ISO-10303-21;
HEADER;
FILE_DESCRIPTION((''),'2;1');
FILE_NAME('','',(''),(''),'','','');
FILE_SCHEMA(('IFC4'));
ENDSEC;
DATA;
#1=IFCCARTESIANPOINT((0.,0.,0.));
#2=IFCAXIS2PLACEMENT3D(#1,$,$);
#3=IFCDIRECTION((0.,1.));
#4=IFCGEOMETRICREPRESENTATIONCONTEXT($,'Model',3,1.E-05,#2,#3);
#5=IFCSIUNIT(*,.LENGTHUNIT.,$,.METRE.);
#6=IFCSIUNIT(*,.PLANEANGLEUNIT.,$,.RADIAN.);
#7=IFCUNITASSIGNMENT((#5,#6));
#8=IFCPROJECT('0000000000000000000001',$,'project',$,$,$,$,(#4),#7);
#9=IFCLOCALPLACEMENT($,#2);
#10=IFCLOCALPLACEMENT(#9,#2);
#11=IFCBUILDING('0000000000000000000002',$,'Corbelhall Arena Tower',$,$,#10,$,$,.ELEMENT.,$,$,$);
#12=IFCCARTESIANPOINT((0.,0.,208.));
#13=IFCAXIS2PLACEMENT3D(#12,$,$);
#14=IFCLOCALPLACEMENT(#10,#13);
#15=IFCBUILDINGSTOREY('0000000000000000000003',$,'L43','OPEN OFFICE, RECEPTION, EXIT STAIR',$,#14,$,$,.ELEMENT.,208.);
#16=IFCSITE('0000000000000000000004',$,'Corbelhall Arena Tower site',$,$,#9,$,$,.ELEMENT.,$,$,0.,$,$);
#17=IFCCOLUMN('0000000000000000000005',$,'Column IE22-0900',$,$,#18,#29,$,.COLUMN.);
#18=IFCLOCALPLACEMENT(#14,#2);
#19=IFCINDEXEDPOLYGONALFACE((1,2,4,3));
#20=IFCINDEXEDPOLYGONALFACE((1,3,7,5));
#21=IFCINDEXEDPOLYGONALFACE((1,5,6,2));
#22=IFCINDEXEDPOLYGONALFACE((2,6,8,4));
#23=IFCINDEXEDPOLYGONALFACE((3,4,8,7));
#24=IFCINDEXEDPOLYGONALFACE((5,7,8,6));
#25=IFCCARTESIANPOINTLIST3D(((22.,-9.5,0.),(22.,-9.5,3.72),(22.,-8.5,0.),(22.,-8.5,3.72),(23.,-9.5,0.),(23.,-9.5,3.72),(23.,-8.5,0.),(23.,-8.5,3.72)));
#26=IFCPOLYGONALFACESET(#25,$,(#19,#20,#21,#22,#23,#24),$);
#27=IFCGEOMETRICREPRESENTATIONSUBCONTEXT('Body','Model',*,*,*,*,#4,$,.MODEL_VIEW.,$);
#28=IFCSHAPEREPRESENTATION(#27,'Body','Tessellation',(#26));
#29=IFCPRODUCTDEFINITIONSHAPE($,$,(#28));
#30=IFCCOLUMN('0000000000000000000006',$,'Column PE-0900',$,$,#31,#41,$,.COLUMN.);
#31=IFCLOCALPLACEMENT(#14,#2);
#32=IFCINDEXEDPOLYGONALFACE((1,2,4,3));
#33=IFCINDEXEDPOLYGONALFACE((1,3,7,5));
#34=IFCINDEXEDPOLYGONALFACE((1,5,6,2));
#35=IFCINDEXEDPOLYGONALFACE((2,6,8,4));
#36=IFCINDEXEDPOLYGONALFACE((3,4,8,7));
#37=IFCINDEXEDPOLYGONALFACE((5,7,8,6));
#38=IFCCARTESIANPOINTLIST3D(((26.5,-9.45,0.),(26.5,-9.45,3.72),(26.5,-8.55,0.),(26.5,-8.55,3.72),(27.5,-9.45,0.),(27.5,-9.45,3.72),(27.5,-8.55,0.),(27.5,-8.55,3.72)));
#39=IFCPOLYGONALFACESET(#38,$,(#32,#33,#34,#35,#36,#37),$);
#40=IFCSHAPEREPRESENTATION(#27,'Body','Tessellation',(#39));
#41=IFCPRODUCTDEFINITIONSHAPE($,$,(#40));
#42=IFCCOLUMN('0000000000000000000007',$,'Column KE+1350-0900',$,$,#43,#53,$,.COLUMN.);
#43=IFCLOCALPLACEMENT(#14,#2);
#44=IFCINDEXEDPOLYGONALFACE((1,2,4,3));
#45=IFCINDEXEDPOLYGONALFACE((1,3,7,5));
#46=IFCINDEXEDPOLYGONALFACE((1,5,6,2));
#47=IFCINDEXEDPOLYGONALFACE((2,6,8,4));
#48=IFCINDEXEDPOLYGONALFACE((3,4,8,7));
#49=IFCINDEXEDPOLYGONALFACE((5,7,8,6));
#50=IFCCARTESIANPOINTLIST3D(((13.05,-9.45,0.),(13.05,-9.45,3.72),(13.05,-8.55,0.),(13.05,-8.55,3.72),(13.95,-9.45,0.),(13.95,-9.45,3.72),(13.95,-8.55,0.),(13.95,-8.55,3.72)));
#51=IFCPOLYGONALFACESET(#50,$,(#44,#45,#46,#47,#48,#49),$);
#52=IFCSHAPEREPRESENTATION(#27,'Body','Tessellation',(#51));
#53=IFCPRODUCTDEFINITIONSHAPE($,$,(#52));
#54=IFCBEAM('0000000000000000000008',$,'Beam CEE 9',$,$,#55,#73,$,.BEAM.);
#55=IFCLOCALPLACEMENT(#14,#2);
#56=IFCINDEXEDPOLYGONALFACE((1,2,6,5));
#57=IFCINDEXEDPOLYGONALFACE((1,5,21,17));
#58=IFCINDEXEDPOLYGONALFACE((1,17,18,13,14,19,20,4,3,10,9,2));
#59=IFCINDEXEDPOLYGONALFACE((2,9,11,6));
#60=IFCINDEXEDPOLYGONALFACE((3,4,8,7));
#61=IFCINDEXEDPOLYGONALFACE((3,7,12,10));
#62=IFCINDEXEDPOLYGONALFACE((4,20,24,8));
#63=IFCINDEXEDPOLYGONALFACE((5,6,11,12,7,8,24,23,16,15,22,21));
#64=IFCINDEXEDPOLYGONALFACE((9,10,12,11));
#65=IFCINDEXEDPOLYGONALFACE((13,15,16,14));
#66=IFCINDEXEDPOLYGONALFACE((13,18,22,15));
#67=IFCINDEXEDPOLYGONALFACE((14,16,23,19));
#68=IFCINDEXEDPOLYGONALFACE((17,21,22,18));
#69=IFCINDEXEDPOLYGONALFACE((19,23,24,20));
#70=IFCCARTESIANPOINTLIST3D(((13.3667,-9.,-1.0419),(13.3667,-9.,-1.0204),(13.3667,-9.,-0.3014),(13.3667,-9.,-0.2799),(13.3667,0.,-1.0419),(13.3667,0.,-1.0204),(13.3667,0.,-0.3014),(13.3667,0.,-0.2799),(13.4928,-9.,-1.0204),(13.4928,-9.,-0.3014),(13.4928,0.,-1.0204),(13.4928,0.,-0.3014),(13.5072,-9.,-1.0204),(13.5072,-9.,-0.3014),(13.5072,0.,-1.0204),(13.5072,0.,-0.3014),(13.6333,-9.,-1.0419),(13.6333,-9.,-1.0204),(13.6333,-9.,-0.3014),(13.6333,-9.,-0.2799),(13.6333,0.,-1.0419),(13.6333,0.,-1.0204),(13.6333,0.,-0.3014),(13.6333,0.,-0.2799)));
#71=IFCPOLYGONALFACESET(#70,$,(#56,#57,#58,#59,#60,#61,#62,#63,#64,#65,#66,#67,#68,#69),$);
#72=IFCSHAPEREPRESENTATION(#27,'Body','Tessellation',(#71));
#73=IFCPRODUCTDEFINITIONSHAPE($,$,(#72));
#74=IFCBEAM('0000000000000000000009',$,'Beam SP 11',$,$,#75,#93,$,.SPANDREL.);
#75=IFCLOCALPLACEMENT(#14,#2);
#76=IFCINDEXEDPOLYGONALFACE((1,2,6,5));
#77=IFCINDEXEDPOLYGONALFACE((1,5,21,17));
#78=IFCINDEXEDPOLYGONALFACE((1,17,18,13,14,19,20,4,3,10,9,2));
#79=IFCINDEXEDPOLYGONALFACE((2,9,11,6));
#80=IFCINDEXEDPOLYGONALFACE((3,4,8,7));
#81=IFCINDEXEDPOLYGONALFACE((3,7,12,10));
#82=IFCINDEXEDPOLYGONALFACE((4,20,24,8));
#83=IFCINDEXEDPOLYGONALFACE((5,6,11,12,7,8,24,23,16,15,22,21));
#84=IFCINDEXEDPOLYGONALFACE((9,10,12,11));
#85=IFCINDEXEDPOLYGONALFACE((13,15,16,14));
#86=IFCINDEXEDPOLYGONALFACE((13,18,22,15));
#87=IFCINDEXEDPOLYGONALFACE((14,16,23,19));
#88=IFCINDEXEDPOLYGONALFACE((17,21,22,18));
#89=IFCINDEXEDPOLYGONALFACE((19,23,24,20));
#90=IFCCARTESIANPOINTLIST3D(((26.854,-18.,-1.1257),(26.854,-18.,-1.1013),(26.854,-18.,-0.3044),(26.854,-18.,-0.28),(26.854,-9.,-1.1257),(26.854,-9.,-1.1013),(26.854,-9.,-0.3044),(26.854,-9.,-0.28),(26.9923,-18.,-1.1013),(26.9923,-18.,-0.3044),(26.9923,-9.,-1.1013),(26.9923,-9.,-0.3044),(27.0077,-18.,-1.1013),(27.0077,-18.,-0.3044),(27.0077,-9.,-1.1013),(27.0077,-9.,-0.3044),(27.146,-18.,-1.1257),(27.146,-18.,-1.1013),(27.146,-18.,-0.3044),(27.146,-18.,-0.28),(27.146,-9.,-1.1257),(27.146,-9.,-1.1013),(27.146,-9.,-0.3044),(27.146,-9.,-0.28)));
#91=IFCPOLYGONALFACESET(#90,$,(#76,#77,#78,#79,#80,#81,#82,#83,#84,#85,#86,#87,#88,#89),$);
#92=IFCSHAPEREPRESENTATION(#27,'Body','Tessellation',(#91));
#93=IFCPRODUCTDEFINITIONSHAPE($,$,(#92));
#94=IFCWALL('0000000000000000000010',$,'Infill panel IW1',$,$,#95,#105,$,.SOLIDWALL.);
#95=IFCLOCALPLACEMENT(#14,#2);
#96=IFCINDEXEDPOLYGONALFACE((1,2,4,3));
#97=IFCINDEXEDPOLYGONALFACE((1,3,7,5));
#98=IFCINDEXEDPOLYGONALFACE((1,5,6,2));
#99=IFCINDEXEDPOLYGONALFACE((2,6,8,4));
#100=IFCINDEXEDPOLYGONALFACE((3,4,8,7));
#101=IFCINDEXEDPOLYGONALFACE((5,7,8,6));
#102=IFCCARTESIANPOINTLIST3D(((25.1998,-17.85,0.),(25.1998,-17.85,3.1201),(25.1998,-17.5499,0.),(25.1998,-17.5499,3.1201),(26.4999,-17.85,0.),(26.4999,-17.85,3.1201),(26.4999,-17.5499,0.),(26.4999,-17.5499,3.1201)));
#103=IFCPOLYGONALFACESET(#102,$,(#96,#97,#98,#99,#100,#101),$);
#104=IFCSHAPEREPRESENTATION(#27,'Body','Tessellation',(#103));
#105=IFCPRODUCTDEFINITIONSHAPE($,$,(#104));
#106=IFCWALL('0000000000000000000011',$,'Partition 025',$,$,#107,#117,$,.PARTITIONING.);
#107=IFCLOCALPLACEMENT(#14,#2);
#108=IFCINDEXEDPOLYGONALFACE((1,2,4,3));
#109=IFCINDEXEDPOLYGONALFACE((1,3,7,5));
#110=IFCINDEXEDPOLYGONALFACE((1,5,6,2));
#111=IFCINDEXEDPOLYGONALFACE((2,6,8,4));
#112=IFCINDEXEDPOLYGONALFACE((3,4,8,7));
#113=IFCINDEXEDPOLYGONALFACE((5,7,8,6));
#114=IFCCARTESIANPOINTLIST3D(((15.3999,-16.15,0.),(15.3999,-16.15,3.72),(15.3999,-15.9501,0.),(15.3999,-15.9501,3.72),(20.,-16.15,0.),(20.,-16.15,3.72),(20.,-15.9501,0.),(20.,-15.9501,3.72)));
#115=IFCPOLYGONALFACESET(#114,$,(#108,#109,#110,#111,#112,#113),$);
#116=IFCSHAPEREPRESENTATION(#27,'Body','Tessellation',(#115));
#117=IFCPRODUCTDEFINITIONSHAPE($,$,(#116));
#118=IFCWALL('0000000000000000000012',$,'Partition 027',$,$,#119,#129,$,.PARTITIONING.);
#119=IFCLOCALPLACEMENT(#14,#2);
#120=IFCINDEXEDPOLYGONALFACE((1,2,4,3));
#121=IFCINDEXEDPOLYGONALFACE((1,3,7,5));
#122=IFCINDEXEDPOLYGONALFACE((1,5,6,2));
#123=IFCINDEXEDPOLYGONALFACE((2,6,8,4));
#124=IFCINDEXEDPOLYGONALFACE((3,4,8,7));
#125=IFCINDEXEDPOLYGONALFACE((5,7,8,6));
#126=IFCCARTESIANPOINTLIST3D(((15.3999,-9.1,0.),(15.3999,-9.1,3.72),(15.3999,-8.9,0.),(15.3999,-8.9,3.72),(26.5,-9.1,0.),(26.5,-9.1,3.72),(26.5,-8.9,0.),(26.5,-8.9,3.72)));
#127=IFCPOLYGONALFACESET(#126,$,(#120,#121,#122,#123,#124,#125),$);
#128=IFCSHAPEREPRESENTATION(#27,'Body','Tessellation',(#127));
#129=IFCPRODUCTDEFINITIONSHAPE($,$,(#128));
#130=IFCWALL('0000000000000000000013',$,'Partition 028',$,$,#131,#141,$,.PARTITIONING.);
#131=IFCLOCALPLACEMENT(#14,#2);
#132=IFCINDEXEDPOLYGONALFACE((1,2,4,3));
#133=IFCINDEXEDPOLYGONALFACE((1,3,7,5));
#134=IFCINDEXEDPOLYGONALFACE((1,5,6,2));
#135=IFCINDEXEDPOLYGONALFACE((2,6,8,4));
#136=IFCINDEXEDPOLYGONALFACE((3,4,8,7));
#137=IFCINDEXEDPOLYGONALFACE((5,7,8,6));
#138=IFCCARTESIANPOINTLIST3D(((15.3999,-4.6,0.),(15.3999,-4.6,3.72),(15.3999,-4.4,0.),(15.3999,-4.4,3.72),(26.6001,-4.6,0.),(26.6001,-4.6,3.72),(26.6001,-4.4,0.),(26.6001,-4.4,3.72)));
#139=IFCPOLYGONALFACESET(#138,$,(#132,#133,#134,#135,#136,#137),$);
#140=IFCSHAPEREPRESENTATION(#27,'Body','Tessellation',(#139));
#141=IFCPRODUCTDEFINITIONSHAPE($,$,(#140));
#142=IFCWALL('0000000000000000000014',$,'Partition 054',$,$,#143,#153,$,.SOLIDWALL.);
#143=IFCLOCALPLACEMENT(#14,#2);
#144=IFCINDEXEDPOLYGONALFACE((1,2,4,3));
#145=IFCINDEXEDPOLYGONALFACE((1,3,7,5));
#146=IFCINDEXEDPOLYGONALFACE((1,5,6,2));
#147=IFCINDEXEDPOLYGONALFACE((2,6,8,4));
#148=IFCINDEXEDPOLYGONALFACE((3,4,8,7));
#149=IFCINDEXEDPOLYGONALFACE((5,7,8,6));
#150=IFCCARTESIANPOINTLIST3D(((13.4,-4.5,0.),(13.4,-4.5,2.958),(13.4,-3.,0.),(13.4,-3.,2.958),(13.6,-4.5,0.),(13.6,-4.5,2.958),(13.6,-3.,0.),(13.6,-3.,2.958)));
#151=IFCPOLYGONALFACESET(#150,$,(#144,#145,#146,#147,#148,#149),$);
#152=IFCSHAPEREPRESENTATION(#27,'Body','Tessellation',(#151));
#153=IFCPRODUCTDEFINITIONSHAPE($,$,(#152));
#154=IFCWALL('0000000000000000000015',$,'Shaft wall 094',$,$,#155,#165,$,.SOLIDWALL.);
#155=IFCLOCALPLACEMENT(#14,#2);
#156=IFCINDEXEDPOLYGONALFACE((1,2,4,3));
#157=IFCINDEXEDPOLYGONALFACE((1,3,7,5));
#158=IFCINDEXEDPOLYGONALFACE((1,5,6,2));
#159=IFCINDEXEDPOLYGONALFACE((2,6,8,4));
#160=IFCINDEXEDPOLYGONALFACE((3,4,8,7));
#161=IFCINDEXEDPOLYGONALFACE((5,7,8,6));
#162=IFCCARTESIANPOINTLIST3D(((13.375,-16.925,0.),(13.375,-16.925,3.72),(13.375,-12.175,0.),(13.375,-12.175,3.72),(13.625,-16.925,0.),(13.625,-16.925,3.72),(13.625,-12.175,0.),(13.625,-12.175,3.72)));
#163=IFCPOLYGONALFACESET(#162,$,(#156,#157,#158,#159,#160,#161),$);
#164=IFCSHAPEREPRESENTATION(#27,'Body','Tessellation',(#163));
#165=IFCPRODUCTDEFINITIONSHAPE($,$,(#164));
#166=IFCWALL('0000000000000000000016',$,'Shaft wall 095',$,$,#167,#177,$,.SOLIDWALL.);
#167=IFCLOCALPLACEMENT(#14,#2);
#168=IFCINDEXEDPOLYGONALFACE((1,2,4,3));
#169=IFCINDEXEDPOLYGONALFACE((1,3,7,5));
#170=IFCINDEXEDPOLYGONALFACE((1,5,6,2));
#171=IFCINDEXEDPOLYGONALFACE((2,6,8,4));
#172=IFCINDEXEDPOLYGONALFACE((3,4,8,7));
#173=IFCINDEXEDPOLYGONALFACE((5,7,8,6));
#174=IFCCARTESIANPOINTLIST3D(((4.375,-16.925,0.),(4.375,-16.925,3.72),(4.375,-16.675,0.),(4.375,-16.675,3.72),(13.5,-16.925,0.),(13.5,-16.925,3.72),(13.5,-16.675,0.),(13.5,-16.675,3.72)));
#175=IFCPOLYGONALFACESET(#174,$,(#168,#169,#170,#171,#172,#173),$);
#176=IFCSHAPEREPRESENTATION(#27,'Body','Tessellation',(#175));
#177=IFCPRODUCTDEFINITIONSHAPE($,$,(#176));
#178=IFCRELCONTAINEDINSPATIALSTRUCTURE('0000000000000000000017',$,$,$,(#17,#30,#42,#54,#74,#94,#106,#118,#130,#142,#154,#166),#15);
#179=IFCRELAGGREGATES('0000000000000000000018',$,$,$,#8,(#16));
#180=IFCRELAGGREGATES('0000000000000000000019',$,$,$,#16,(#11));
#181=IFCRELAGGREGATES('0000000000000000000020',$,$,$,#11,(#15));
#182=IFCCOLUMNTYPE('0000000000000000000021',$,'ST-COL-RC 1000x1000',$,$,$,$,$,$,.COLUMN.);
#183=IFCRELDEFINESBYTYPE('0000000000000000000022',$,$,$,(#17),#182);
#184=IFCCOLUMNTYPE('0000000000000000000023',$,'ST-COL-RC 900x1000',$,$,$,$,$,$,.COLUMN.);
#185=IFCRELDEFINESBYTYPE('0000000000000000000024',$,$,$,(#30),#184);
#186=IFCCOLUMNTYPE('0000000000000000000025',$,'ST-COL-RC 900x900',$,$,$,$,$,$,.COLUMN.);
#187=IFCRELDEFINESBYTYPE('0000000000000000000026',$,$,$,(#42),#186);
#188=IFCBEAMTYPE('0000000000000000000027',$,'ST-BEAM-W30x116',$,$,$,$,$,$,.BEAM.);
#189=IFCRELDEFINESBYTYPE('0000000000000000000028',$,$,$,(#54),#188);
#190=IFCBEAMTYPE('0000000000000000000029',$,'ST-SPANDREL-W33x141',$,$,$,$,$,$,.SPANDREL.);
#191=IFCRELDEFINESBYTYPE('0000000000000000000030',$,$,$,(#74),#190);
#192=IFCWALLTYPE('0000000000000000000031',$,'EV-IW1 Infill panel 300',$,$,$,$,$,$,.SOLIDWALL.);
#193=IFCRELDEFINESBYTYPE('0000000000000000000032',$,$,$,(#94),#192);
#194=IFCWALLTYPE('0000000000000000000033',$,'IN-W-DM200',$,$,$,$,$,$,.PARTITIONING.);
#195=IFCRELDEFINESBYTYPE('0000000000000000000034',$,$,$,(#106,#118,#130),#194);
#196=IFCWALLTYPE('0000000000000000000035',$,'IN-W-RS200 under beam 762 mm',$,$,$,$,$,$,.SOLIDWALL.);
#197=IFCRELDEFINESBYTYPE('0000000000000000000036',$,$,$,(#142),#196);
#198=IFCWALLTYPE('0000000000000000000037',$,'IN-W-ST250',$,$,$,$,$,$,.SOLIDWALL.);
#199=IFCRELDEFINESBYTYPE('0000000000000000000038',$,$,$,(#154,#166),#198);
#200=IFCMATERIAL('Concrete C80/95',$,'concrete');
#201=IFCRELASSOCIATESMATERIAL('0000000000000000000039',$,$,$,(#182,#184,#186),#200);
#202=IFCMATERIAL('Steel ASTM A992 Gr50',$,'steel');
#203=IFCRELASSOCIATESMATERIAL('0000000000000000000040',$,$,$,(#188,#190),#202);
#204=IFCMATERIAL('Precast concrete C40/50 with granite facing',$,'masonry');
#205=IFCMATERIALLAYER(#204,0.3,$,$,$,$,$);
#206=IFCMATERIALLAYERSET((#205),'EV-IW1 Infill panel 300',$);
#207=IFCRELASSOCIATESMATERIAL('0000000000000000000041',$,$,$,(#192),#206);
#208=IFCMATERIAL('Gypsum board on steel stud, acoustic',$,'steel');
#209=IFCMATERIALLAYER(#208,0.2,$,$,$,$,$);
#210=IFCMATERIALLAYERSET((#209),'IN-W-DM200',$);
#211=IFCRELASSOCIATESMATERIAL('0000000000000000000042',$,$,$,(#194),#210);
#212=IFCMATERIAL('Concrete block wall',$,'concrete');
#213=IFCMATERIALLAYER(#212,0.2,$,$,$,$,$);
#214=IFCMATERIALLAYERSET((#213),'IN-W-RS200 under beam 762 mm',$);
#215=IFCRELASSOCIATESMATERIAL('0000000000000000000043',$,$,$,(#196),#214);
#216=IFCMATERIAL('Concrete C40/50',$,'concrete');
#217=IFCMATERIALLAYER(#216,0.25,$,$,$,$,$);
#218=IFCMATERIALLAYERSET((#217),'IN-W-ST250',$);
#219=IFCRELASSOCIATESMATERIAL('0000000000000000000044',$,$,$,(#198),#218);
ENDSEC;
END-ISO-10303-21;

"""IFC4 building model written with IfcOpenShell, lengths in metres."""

from ifc_helpers import new_model, si_unit, direction, frame, frame_2d, origin, origin_2d, place, context, subcontext, project, spatial, rectangle, i_section, extrude, material, layer, layer_set, material_profile, profile_set, type_object, element, save


model = new_model("IFC4")

# Units and contexts
model_context = context("Model", 3, precision=1e-05, world=origin(), true_north=direction((0.0, 1.0)))
body_context = subcontext(model_context, "Body", "Model", "MODEL_VIEW")
ifc_project = project(units=[si_unit("LENGTHUNIT", "METRE"), si_unit("PLANEANGLEUNIT", "RADIAN")], contexts=[model_context])

# Site, building, storey
site_placement = place(None, origin())
site = spatial("IfcSite", under=ifc_project, at=site_placement, Name="Corbelhall Arena Tower site", CompositionType="ELEMENT", RefElevation=0.0)
building_placement = place(site_placement, origin())
building = spatial("IfcBuilding", under=site, at=building_placement, Name="Corbelhall Arena Tower", CompositionType="ELEMENT")
storey_placement = place(building_placement, frame((0.0, 0.0, 208.0)))
storey = spatial("IfcBuildingStorey", under=building, at=storey_placement, Name="L43", Description="OPEN OFFICE, RECEPTION, EXIT STAIR", CompositionType="ELEMENT", Elevation=208.0)

# Columns
ifc_material_1 = material(Name="Concrete C80/95", Category="concrete")
ifc_material_profile_1 = material_profile(ifc_material_1, rectangle(XDim=1.0, YDim=1.0, at=origin_2d()))
ifc_profile_set_1 = profile_set([ifc_material_profile_1], Name="Concrete C80/95")
column_type_1 = type_object("IfcColumnType", Name="ST-COL-RC 1000x1000", PredefinedType="COLUMN", material=ifc_profile_set_1)
column_1_placement = place(storey_placement, frame((22.5, -9.0, 0.0), z_axis=(0.0, 0.0, 1.0), x_axis=(1.0, 0.0, 0.0)))
element("IfcColumn", 1, at=column_1_placement, inside=storey, type_object=column_type_1, Name="Column IE22-0900", PredefinedType="COLUMN", context=body_context, shape_type="SweptSolid", body=[
    extrude(rectangle(XDim=1.0, YDim=1.0, at=origin_2d()), origin(), (0.0, 0.0, 1.0), 3.72),
])
ifc_material_profile_2 = material_profile(ifc_material_1, rectangle(XDim=0.8999, YDim=1.0, at=origin_2d()))
ifc_profile_set_2 = profile_set([ifc_material_profile_2], Name="Concrete C80/95")
column_type_2 = type_object("IfcColumnType", Name="ST-COL-RC 900x1000", PredefinedType="COLUMN", material=ifc_profile_set_2)
column_2_placement = place(storey_placement, frame((27.0, -9.0, 0.0), z_axis=(0.0, 0.0, 1.0), x_axis=(0.0, 1.0, 0.0)))
element("IfcColumn", 2, at=column_2_placement, inside=storey, type_object=column_type_2, Name="Column PE-0900", PredefinedType="COLUMN", context=body_context, shape_type="SweptSolid", body=[
    extrude(rectangle(XDim=0.8999, YDim=1.0, at=origin_2d()), origin(), (0.0, 0.0, 1.0), 3.72),
])
ifc_material_profile_3 = material_profile(ifc_material_1, rectangle(XDim=0.8999, YDim=0.8999, at=origin_2d()))
ifc_profile_set_3 = profile_set([ifc_material_profile_3], Name="Concrete C80/95")
column_type_3 = type_object("IfcColumnType", Name="ST-COL-RC 900x900", PredefinedType="COLUMN", material=ifc_profile_set_3)
column_3_placement = place(storey_placement, frame((13.5, -9.0, 0.0), z_axis=(0.0, 0.0, 1.0), x_axis=(1.0, 0.0, 0.0)))
element("IfcColumn", 3, at=column_3_placement, inside=storey, type_object=column_type_3, Name="Column KE+1350-0900", PredefinedType="COLUMN", context=body_context, shape_type="SweptSolid", body=[
    extrude(rectangle(XDim=0.8999, YDim=0.8999, at=origin_2d()), origin(), (0.0, 0.0, 1.0), 3.72),
])

# Beams
ifc_material_2 = material(Name="Steel ASTM A992 Gr50", Category="steel")
ifc_material_profile_4 = material_profile(ifc_material_2, i_section(OverallWidth=0.2666, OverallDepth=0.762, WebThickness=0.0144, FlangeThickness=0.0215, at=origin_2d()))
ifc_profile_set_4 = profile_set([ifc_material_profile_4], Name="Steel ASTM A992 Gr50")
beam_type_1 = type_object("IfcBeamType", Name="ST-BEAM-W30x116", PredefinedType="BEAM", material=ifc_profile_set_4)
beam_1_placement = place(storey_placement, frame((13.5, -9.0, -0.6609), z_axis=(0.0, 1.0, 0.0), x_axis=(-1.0, 0.0, 0.0)))
element("IfcBeam", 4, at=beam_1_placement, inside=storey, type_object=beam_type_1, Name="Beam CEE 9", PredefinedType="BEAM", context=body_context, shape_type="SweptSolid", body=[
    extrude(i_section(OverallWidth=0.2666, OverallDepth=0.762, WebThickness=0.0144, FlangeThickness=0.0215, at=origin_2d()), origin(), (0.0, 0.0, 1.0), 9.0),
])
ifc_material_profile_5 = material_profile(ifc_material_2, i_section(OverallWidth=0.292, OverallDepth=0.8457, WebThickness=0.0154, FlangeThickness=0.0244, at=origin_2d()))
ifc_profile_set_5 = profile_set([ifc_material_profile_5], Name="Steel ASTM A992 Gr50")
beam_type_2 = type_object("IfcBeamType", Name="ST-SPANDREL-W33x141", PredefinedType="SPANDREL", material=ifc_profile_set_5)
beam_2_placement = place(storey_placement, frame((27.0, -9.0, -0.7029), z_axis=(0.0, -1.0, 0.0), x_axis=(1.0, 0.0, 0.0)))
element("IfcBeam", 5, at=beam_2_placement, inside=storey, type_object=beam_type_2, Name="Beam SP 11", PredefinedType="SPANDREL", context=body_context, shape_type="SweptSolid", body=[
    extrude(i_section(OverallWidth=0.292, OverallDepth=0.8457, WebThickness=0.0154, FlangeThickness=0.0244, at=origin_2d()), origin(), (0.0, 0.0, 1.0), 9.0),
])

# Wall
ifc_material_3 = material(Name="Precast concrete C40/50 with granite facing", Category="masonry")
ifc_layer_1 = layer(ifc_material_3, 0.3)
ifc_layer_set_1 = layer_set([ifc_layer_1], Name="EV-IW1 Infill panel 300")
wall_type_1 = type_object("IfcWallType", Name="EV-IW1 Infill panel 300", PredefinedType="SOLIDWALL", material=ifc_layer_set_1)
wall_1_placement = place(storey_placement, frame((25.2, -17.7, 0.0), z_axis=(0.0, 0.0, 1.0), x_axis=(1.0, 0.0, 0.0)))
element("IfcWall", 6, at=wall_1_placement, inside=storey, type_object=wall_type_1, Name="Infill panel IW1", PredefinedType="SOLIDWALL", context=body_context, shape_type="SweptSolid", body=[
    extrude(rectangle(XDim=1.3, YDim=0.3, at=frame_2d((0.6499, 0.0))), origin(), (0.0, 0.0, 1.0), 3.1201),
])

# Walls
ifc_material_4 = material(Name="Gypsum board on steel stud, acoustic", Category="steel")
ifc_layer_2 = layer(ifc_material_4, 0.2)
ifc_layer_set_2 = layer_set([ifc_layer_2], Name="IN-W-DM200")
wall_type_2 = type_object("IfcWallType", Name="IN-W-DM200", PredefinedType="PARTITIONING", material=ifc_layer_set_2)
wall_2_placement = place(storey_placement, frame((15.3999, -16.05, 0.0), z_axis=(0.0, 0.0, 1.0), x_axis=(1.0, 0.0, 0.0)))
element("IfcWall", 7, at=wall_2_placement, inside=storey, type_object=wall_type_2, Name="Partition 025", PredefinedType="PARTITIONING", context=body_context, shape_type="SweptSolid", body=[
    extrude(rectangle(XDim=4.6001, YDim=0.2, at=frame_2d((2.3, 0.0))), origin(), (0.0, 0.0, 1.0), 3.72),
])
wall_3_placement = place(storey_placement, frame((15.3999, -9.0, 0.0), z_axis=(0.0, 0.0, 1.0), x_axis=(1.0, 0.0, 0.0)))
element("IfcWall", 8, at=wall_3_placement, inside=storey, type_object=wall_type_2, Name="Partition 027", PredefinedType="PARTITIONING", context=body_context, shape_type="SweptSolid", body=[
    extrude(rectangle(XDim=11.1001, YDim=0.2, at=frame_2d((5.55, 0.0))), origin(), (0.0, 0.0, 1.0), 3.72),
])
wall_4_placement = place(storey_placement, frame((15.3999, -4.5, 0.0), z_axis=(0.0, 0.0, 1.0), x_axis=(1.0, 0.0, 0.0)))
element("IfcWall", 9, at=wall_4_placement, inside=storey, type_object=wall_type_2, Name="Partition 028", PredefinedType="PARTITIONING", context=body_context, shape_type="SweptSolid", body=[
    extrude(rectangle(XDim=11.2002, YDim=0.2, at=frame_2d((5.6001, 0.0))), origin(), (0.0, 0.0, 1.0), 3.72),
])

# Shared definitions
ifc_material_5 = material(Name="Concrete block wall", Category="concrete")

# Walls
ifc_layer_3 = layer(ifc_material_5, 0.2)
ifc_layer_set_3 = layer_set([ifc_layer_3], Name="IN-W-RS200 under beam 762 mm")
wall_type_3 = type_object("IfcWallType", Name="IN-W-RS200 under beam 762 mm", PredefinedType="SOLIDWALL", material=ifc_layer_set_3)
wall_5_placement = place(storey_placement, frame((13.5, -3.0, 0.0), z_axis=(0.0, 0.0, 1.0), x_axis=(0.0, -1.0, 0.0)))
element("IfcWall", 10, at=wall_5_placement, inside=storey, type_object=wall_type_3, Name="Partition 054", PredefinedType="SOLIDWALL", context=body_context, shape_type="SweptSolid", body=[
    extrude(rectangle(XDim=1.5, YDim=0.2, at=frame_2d((0.75, 0.0))), origin(), (0.0, 0.0, 1.0), 2.958),
])
ifc_material_6 = material(Name="Concrete C40/50", Category="concrete")
ifc_layer_4 = layer(ifc_material_6, 0.25)
ifc_layer_set_4 = layer_set([ifc_layer_4], Name="IN-W-ST250")
wall_type_4 = type_object("IfcWallType", Name="IN-W-ST250", PredefinedType="SOLIDWALL", material=ifc_layer_set_4)
wall_6_placement = place(storey_placement, frame((13.5, -16.925, 0.0), z_axis=(0.0, 0.0, 1.0), x_axis=(0.0, 1.0, 0.0)))
element("IfcWall", 11, at=wall_6_placement, inside=storey, type_object=wall_type_4, Name="Shaft wall 094", PredefinedType="SOLIDWALL", context=body_context, shape_type="SweptSolid", body=[
    extrude(rectangle(XDim=4.75, YDim=0.25, at=frame_2d((2.375, 0.0))), origin(), (0.0, 0.0, 1.0), 3.72),
])
wall_7_placement = place(storey_placement, frame((13.5, -16.8, 0.0), z_axis=(0.0, 0.0, 1.0), x_axis=(-1.0, 0.0, 0.0)))
element("IfcWall", 12, at=wall_7_placement, inside=storey, type_object=wall_type_4, Name="Shaft wall 095", PredefinedType="SOLIDWALL", context=body_context, shape_type="SweptSolid", body=[
    extrude(rectangle(XDim=9.125, YDim=0.25, at=frame_2d((4.5625, 0.0))), origin(), (0.0, 0.0, 1.0), 3.72),
])

save(model, "model.ifc")
